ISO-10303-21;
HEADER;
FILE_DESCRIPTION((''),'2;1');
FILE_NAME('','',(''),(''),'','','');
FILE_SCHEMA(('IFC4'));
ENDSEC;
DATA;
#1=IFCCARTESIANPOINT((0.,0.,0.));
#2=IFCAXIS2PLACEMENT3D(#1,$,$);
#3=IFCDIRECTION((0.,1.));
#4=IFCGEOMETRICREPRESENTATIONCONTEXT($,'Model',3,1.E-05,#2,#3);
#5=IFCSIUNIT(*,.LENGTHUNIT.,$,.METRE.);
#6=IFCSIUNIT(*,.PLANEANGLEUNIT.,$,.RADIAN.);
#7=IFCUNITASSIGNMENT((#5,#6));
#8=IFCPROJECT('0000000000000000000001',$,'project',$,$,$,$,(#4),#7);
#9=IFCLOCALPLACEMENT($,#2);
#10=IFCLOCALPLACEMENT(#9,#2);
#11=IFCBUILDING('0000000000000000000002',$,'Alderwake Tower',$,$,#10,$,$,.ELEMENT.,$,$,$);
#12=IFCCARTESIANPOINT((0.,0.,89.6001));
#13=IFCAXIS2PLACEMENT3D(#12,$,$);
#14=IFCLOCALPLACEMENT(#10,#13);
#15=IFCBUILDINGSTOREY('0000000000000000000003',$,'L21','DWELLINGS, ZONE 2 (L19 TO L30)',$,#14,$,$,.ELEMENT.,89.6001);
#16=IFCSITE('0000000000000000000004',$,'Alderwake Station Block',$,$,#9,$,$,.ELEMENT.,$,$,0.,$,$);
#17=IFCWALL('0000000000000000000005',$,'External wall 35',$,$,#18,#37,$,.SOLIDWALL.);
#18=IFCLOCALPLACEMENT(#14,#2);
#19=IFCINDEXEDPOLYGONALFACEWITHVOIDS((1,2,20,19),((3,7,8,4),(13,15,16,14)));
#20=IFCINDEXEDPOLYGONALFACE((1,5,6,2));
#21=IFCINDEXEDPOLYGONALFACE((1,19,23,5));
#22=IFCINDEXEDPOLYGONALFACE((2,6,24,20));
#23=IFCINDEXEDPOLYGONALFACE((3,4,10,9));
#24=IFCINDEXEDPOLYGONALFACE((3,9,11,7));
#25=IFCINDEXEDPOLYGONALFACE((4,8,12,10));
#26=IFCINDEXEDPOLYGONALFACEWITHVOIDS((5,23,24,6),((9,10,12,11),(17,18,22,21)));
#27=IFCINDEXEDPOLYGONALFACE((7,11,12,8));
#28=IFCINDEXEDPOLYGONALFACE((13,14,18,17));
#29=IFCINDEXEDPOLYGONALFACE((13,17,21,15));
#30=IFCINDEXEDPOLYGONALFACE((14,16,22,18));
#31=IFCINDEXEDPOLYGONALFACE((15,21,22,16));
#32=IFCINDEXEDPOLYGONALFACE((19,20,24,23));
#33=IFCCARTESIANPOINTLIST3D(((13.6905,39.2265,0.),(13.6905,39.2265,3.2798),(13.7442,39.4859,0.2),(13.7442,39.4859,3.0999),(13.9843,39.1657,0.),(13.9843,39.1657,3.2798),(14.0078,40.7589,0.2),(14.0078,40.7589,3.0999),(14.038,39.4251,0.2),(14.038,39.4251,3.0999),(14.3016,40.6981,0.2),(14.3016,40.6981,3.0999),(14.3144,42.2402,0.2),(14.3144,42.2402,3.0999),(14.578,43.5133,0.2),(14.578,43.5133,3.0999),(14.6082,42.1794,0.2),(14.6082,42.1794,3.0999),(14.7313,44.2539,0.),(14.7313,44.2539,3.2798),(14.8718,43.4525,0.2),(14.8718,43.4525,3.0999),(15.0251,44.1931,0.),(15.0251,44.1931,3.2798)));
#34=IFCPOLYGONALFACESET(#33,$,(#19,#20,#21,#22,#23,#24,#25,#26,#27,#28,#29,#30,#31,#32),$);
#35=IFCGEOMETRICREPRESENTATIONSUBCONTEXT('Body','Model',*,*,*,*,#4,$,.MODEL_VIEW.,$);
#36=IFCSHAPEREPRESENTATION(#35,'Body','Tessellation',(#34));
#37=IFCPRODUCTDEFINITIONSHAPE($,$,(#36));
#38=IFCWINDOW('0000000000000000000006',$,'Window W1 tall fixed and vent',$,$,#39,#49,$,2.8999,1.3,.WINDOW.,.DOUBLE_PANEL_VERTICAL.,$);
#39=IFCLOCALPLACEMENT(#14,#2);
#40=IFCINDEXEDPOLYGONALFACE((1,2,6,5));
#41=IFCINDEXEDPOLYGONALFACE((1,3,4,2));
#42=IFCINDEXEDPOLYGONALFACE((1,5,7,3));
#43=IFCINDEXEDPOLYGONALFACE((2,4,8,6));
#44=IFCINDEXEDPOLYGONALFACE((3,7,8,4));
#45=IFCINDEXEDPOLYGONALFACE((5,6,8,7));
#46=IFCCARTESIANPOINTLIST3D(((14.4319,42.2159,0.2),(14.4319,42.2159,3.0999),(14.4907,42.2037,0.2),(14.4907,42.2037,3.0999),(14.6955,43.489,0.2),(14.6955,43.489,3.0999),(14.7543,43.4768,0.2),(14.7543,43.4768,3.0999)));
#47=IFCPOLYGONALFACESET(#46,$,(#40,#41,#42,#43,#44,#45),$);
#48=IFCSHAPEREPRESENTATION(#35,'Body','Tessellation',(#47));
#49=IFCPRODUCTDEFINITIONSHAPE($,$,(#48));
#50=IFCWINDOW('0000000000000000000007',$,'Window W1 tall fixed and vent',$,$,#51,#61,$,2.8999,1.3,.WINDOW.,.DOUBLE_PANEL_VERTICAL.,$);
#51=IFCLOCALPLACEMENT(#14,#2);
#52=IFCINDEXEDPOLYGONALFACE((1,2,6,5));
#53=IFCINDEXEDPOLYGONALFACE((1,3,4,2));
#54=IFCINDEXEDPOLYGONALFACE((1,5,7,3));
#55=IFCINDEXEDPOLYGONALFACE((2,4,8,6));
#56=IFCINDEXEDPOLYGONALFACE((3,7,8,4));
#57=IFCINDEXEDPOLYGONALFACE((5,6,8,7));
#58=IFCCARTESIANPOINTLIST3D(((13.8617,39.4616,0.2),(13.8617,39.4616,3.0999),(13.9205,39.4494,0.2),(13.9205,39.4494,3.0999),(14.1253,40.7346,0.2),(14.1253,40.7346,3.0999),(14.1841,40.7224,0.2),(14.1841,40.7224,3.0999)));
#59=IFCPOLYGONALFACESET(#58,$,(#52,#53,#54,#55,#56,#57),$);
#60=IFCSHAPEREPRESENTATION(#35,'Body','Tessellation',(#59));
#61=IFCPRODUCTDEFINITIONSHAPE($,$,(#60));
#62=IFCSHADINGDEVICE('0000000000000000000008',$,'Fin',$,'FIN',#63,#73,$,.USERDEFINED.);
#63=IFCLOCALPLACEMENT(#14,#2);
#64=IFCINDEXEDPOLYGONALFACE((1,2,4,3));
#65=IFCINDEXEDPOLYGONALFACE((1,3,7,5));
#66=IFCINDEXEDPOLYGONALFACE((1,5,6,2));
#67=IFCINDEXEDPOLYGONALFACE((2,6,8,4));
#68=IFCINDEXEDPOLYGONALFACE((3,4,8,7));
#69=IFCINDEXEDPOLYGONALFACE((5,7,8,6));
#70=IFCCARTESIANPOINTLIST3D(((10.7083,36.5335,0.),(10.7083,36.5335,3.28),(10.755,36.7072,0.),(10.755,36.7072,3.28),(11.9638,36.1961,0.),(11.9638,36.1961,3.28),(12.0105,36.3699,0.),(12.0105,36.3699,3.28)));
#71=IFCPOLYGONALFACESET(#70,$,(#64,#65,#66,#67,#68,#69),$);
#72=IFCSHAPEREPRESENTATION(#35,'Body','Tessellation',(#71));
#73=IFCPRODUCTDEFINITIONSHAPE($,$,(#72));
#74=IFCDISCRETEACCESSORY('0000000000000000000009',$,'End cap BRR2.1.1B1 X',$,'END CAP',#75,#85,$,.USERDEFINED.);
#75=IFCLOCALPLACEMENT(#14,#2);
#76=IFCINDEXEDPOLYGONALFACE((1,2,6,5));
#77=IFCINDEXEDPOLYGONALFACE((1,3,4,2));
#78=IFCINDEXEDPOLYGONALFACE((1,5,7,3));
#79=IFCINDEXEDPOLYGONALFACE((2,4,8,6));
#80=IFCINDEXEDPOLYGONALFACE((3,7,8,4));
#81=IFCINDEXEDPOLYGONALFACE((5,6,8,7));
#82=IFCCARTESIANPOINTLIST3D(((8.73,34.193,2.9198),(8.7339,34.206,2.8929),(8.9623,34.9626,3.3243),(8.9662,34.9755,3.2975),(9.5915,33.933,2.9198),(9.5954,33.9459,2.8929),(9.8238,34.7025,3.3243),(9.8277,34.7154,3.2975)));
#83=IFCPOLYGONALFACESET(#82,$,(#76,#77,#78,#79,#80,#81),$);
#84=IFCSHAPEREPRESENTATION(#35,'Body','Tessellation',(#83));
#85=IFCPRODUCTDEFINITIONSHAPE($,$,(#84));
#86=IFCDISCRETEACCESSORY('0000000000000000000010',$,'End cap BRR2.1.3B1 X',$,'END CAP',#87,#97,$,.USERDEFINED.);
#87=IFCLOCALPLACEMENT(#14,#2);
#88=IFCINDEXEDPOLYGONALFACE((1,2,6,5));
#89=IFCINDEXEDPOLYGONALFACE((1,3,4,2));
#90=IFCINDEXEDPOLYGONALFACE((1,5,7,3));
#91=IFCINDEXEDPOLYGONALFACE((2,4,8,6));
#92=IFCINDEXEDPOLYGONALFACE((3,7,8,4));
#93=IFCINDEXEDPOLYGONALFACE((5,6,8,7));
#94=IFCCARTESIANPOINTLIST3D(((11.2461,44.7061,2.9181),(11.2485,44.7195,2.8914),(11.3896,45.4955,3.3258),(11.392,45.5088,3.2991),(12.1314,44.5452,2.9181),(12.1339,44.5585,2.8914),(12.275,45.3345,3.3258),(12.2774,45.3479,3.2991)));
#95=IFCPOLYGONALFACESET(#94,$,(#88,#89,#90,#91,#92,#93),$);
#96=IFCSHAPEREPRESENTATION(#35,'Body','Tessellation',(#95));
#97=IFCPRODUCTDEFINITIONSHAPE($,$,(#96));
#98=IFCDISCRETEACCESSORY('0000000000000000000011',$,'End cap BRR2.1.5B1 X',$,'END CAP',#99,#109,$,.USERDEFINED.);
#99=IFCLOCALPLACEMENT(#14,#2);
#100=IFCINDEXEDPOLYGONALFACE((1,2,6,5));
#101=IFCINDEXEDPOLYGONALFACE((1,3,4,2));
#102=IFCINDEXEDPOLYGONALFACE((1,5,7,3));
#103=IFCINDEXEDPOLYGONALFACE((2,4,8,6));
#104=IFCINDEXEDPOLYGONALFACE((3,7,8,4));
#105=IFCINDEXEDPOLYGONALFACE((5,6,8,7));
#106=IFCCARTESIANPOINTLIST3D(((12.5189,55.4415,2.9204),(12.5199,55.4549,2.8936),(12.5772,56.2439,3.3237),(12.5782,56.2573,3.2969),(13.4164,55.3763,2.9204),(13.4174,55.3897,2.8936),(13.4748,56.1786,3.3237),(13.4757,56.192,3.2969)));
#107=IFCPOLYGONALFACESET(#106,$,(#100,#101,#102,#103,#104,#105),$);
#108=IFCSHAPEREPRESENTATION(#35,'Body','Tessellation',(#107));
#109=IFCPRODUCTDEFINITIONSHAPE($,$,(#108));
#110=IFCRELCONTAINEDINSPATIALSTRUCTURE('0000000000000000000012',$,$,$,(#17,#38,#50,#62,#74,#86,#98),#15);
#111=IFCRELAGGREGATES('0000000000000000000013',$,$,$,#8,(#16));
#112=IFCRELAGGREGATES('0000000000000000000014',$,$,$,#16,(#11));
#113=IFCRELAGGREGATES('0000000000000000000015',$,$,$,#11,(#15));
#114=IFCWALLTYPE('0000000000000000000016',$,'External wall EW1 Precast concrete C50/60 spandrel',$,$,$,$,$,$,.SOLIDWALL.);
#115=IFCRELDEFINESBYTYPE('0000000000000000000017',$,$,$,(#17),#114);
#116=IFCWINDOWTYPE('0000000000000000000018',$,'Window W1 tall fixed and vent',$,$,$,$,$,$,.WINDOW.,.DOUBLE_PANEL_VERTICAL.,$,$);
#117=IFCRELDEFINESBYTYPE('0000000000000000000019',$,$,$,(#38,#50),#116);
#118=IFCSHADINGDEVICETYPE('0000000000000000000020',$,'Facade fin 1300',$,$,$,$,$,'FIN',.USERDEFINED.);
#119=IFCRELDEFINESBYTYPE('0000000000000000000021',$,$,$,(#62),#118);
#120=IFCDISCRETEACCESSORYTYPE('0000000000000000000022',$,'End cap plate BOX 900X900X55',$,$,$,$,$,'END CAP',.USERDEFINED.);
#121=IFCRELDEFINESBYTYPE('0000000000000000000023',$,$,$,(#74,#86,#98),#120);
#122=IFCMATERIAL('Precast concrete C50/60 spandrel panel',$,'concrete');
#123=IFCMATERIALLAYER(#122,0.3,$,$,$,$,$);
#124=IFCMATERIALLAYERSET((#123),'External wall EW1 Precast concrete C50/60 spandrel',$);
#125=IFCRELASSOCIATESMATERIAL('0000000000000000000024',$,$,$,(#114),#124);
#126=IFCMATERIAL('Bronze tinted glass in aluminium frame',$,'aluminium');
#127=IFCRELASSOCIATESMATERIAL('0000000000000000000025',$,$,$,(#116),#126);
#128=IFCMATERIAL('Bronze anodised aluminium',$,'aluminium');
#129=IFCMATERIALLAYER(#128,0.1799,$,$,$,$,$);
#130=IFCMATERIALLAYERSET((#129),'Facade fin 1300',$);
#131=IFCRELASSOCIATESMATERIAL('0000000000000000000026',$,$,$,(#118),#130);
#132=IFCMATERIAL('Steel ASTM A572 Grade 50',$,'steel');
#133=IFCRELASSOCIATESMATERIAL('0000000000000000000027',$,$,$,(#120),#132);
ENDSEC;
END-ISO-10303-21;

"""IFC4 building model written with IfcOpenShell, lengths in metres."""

from ifc_helpers import new_model, si_unit, direction, frame, frame_2d, origin, origin_2d, place, context, subcontext, project, spatial, rectangle, extrude, material, layer, layer_set, material_profile, profile_set, type_object, element, fill, save


model = new_model("IFC4")

# Units and contexts
model_context = context("Model", 3, precision=1e-05, world=origin(), true_north=direction((0.0, 1.0)))
body_context = subcontext(model_context, "Body", "Model", "MODEL_VIEW")
ifc_project = project(units=[si_unit("LENGTHUNIT", "METRE"), si_unit("PLANEANGLEUNIT", "RADIAN")], contexts=[model_context])

# Site, building, storey
site_placement = place(None, origin())
site = spatial("IfcSite", under=ifc_project, at=site_placement, Name="Alderwake Station Block", CompositionType="ELEMENT", RefElevation=0.0)
building_placement = place(site_placement, origin())
building = spatial("IfcBuilding", under=site, at=building_placement, Name="Alderwake Tower", CompositionType="ELEMENT")
storey_placement = place(building_placement, frame((0.0, 0.0, 89.6001)))
storey = spatial("IfcBuildingStorey", under=building, at=storey_placement, Name="L21", Description="DWELLINGS, ZONE 2 (L19 TO L30)", CompositionType="ELEMENT", Elevation=89.6001)

# Wall, openings, windows
ifc_material_1 = material(Name="Precast concrete C50/60 spandrel panel", Category="concrete")
ifc_layer_1 = layer(ifc_material_1, 0.3)
ifc_layer_set_1 = layer_set([ifc_layer_1], Name="External wall EW1 Precast concrete C50/60 spandrel")
wall_type_1 = type_object("IfcWallType", Name="External wall EW1 Precast concrete C50/60 spandrel", PredefinedType="SOLIDWALL", material=ifc_layer_set_1)
wall_1_placement = place(storey_placement, frame((14.8782, 44.2234, 0.0), z_axis=(0.0, 0.0, 1.0), x_axis=(-0.202724, -0.979236, 0.0)))
wall_1 = element("IfcWall", 1, at=wall_1_placement, inside=storey, type_object=wall_type_1, Name="External wall 35", PredefinedType="SOLIDWALL", context=body_context, shape_type="SweptSolid", body=[
    extrude(rectangle(XDim=5.134, YDim=0.3, at=frame_2d((2.5669, 0.0))), origin(), (0.0, 0.0, 1.0), 3.2798),
])
opening_1_placement = place(wall_1_placement, frame((0.7563, 0.0, 0.2)))
opening_1 = element("IfcOpeningElement", 2, at=opening_1_placement, cuts=wall_1, PredefinedType="OPENING", context=body_context, shape_type="SweptSolid", body=[
    extrude(rectangle(XDim=1.3, YDim=2.8999, at=frame_2d((0.6499, 1.45))), frame((0.0, 0.1599, 0.0), z_axis=(0.0, -1.0, 0.0), x_axis=(1.0, 0.0, 0.0)), (0.0, 0.0, 1.0), 0.3201),
])
opening_2_placement = place(wall_1_placement, frame((3.5691, 0.0, 0.2)))
opening_2 = element("IfcOpeningElement", 3, at=opening_2_placement, cuts=wall_1, PredefinedType="OPENING", context=body_context, shape_type="SweptSolid", body=[
    extrude(rectangle(XDim=1.3, YDim=2.8999, at=frame_2d((0.6499, 1.45))), frame((0.0, 0.1599, 0.0), z_axis=(0.0, -1.0, 0.0), x_axis=(1.0, 0.0, 0.0)), (0.0, 0.0, 1.0), 0.3201),
])
ifc_material_2 = material(Name="Bronze tinted glass in aluminium frame", Category="aluminium")
window_type = type_object("IfcWindowType", Name="Window W1 tall fixed and vent", PartitioningType="DOUBLE_PANEL_VERTICAL", PredefinedType="WINDOW", material=ifc_material_2)
window_1_placement = place(opening_1_placement, origin())
window_1 = element("IfcWindow", 4, at=window_1_placement, inside=storey, type_object=window_type, Name="Window W1 tall fixed and vent", OverallHeight=2.8999, OverallWidth=1.3, PartitioningType="DOUBLE_PANEL_VERTICAL", PredefinedType="WINDOW", context=body_context, shape_type="SweptSolid", body=[
    extrude(rectangle(XDim=1.3, YDim=2.8999, at=frame_2d((0.6499, 1.45))), frame((0.0, 0.03, 0.0), z_axis=(0.0, -1.0, 0.0), x_axis=(1.0, 0.0, 0.0)), (0.0, 0.0, 1.0), 0.0601),
])
fill(opening_1, window_1)
window_2_placement = place(opening_2_placement, origin())
window_2 = element("IfcWindow", 5, at=window_2_placement, inside=storey, type_object=window_type, Name="Window W1 tall fixed and vent", OverallHeight=2.8999, OverallWidth=1.3, PartitioningType="DOUBLE_PANEL_VERTICAL", PredefinedType="WINDOW", context=body_context, shape_type="SweptSolid", body=[
    extrude(rectangle(XDim=1.3, YDim=2.8999, at=frame_2d((0.6499, 1.45))), frame((0.0, 0.03, 0.0), z_axis=(0.0, -1.0, 0.0), x_axis=(1.0, 0.0, 0.0)), (0.0, 0.0, 1.0), 0.0601),
])
fill(opening_2, window_2)

# Shading device
ifc_material_3 = material(Name="Bronze anodised aluminium", Category="aluminium")
ifc_layer_2 = layer(ifc_material_3, 0.1799)
ifc_layer_set_2 = layer_set([ifc_layer_2], Name="Facade fin 1300")
shading_device_type = type_object("IfcShadingDeviceType", Name="Facade fin 1300", ElementType="FIN", PredefinedType="USERDEFINED", material=ifc_layer_set_2)
shading_device_placement = place(storey_placement, frame((11.3594, 36.4517, 0.0), z_axis=(0.0, 0.0, 1.0), x_axis=(0.965744, -0.259495, 0.0)))
element("IfcShadingDevice", 6, at=shading_device_placement, inside=storey, type_object=shading_device_type, Name="Fin", ObjectType="FIN", PredefinedType="USERDEFINED", context=body_context, shape_type="SweptSolid", body=[
    extrude(rectangle(XDim=1.3, YDim=0.1799, at=origin_2d()), origin(), (0.0, 0.0, 1.0), 3.28),
])

# Discrete accessories
ifc_material_4 = material(Name="Steel ASTM A572 Grade 50", Category="steel")
ifc_material_profile_1 = material_profile(ifc_material_4, rectangle(XDim=0.8999, YDim=0.8999, at=origin_2d()), Name="BOX 900X900X55 cap")
ifc_profile_set_1 = profile_set([ifc_material_profile_1], Name="Steel ASTM A572 Grade 50")
discrete_accessory_type = type_object("IfcDiscreteAccessoryType", Name="End cap plate BOX 900X900X55", ElementType="END CAP", PredefinedType="USERDEFINED", material=ifc_profile_set_1)
for number, where, z_axis, x_axis, name in (
    (7, (9.2808, 34.4607, 3.0952), (-0.129927, -0.430383, 0.893247), (0.957328, -0.289005, 0.0), "End cap BRR2.1.1B1 X"),
    (8, (11.7629, 45.0337, 3.0952), (-0.081044, -0.445742, 0.891485), (0.98387, -0.178885, 0.0), "End cap BRR2.1.3B1 X"),
    (9, (12.9978, 55.8235, 3.0952), (-0.032507, -0.446977, 0.893954), (0.997366, -0.072536, 0.0), "End cap BRR2.1.5B1 X"),
):
    element("IfcDiscreteAccessory", number, at=place(storey_placement, frame(where, z_axis=z_axis, x_axis=x_axis)), inside=storey, type_object=discrete_accessory_type, Name=name, ObjectType="END CAP", PredefinedType="USERDEFINED", context=body_context, shape_type="SweptSolid", body=[
        extrude(rectangle(XDim=0.8999, YDim=0.8999, at=origin_2d()), origin(), (0.0, 0.0, 1.0), 0.03),
    ])

save(model, "model.ifc")
